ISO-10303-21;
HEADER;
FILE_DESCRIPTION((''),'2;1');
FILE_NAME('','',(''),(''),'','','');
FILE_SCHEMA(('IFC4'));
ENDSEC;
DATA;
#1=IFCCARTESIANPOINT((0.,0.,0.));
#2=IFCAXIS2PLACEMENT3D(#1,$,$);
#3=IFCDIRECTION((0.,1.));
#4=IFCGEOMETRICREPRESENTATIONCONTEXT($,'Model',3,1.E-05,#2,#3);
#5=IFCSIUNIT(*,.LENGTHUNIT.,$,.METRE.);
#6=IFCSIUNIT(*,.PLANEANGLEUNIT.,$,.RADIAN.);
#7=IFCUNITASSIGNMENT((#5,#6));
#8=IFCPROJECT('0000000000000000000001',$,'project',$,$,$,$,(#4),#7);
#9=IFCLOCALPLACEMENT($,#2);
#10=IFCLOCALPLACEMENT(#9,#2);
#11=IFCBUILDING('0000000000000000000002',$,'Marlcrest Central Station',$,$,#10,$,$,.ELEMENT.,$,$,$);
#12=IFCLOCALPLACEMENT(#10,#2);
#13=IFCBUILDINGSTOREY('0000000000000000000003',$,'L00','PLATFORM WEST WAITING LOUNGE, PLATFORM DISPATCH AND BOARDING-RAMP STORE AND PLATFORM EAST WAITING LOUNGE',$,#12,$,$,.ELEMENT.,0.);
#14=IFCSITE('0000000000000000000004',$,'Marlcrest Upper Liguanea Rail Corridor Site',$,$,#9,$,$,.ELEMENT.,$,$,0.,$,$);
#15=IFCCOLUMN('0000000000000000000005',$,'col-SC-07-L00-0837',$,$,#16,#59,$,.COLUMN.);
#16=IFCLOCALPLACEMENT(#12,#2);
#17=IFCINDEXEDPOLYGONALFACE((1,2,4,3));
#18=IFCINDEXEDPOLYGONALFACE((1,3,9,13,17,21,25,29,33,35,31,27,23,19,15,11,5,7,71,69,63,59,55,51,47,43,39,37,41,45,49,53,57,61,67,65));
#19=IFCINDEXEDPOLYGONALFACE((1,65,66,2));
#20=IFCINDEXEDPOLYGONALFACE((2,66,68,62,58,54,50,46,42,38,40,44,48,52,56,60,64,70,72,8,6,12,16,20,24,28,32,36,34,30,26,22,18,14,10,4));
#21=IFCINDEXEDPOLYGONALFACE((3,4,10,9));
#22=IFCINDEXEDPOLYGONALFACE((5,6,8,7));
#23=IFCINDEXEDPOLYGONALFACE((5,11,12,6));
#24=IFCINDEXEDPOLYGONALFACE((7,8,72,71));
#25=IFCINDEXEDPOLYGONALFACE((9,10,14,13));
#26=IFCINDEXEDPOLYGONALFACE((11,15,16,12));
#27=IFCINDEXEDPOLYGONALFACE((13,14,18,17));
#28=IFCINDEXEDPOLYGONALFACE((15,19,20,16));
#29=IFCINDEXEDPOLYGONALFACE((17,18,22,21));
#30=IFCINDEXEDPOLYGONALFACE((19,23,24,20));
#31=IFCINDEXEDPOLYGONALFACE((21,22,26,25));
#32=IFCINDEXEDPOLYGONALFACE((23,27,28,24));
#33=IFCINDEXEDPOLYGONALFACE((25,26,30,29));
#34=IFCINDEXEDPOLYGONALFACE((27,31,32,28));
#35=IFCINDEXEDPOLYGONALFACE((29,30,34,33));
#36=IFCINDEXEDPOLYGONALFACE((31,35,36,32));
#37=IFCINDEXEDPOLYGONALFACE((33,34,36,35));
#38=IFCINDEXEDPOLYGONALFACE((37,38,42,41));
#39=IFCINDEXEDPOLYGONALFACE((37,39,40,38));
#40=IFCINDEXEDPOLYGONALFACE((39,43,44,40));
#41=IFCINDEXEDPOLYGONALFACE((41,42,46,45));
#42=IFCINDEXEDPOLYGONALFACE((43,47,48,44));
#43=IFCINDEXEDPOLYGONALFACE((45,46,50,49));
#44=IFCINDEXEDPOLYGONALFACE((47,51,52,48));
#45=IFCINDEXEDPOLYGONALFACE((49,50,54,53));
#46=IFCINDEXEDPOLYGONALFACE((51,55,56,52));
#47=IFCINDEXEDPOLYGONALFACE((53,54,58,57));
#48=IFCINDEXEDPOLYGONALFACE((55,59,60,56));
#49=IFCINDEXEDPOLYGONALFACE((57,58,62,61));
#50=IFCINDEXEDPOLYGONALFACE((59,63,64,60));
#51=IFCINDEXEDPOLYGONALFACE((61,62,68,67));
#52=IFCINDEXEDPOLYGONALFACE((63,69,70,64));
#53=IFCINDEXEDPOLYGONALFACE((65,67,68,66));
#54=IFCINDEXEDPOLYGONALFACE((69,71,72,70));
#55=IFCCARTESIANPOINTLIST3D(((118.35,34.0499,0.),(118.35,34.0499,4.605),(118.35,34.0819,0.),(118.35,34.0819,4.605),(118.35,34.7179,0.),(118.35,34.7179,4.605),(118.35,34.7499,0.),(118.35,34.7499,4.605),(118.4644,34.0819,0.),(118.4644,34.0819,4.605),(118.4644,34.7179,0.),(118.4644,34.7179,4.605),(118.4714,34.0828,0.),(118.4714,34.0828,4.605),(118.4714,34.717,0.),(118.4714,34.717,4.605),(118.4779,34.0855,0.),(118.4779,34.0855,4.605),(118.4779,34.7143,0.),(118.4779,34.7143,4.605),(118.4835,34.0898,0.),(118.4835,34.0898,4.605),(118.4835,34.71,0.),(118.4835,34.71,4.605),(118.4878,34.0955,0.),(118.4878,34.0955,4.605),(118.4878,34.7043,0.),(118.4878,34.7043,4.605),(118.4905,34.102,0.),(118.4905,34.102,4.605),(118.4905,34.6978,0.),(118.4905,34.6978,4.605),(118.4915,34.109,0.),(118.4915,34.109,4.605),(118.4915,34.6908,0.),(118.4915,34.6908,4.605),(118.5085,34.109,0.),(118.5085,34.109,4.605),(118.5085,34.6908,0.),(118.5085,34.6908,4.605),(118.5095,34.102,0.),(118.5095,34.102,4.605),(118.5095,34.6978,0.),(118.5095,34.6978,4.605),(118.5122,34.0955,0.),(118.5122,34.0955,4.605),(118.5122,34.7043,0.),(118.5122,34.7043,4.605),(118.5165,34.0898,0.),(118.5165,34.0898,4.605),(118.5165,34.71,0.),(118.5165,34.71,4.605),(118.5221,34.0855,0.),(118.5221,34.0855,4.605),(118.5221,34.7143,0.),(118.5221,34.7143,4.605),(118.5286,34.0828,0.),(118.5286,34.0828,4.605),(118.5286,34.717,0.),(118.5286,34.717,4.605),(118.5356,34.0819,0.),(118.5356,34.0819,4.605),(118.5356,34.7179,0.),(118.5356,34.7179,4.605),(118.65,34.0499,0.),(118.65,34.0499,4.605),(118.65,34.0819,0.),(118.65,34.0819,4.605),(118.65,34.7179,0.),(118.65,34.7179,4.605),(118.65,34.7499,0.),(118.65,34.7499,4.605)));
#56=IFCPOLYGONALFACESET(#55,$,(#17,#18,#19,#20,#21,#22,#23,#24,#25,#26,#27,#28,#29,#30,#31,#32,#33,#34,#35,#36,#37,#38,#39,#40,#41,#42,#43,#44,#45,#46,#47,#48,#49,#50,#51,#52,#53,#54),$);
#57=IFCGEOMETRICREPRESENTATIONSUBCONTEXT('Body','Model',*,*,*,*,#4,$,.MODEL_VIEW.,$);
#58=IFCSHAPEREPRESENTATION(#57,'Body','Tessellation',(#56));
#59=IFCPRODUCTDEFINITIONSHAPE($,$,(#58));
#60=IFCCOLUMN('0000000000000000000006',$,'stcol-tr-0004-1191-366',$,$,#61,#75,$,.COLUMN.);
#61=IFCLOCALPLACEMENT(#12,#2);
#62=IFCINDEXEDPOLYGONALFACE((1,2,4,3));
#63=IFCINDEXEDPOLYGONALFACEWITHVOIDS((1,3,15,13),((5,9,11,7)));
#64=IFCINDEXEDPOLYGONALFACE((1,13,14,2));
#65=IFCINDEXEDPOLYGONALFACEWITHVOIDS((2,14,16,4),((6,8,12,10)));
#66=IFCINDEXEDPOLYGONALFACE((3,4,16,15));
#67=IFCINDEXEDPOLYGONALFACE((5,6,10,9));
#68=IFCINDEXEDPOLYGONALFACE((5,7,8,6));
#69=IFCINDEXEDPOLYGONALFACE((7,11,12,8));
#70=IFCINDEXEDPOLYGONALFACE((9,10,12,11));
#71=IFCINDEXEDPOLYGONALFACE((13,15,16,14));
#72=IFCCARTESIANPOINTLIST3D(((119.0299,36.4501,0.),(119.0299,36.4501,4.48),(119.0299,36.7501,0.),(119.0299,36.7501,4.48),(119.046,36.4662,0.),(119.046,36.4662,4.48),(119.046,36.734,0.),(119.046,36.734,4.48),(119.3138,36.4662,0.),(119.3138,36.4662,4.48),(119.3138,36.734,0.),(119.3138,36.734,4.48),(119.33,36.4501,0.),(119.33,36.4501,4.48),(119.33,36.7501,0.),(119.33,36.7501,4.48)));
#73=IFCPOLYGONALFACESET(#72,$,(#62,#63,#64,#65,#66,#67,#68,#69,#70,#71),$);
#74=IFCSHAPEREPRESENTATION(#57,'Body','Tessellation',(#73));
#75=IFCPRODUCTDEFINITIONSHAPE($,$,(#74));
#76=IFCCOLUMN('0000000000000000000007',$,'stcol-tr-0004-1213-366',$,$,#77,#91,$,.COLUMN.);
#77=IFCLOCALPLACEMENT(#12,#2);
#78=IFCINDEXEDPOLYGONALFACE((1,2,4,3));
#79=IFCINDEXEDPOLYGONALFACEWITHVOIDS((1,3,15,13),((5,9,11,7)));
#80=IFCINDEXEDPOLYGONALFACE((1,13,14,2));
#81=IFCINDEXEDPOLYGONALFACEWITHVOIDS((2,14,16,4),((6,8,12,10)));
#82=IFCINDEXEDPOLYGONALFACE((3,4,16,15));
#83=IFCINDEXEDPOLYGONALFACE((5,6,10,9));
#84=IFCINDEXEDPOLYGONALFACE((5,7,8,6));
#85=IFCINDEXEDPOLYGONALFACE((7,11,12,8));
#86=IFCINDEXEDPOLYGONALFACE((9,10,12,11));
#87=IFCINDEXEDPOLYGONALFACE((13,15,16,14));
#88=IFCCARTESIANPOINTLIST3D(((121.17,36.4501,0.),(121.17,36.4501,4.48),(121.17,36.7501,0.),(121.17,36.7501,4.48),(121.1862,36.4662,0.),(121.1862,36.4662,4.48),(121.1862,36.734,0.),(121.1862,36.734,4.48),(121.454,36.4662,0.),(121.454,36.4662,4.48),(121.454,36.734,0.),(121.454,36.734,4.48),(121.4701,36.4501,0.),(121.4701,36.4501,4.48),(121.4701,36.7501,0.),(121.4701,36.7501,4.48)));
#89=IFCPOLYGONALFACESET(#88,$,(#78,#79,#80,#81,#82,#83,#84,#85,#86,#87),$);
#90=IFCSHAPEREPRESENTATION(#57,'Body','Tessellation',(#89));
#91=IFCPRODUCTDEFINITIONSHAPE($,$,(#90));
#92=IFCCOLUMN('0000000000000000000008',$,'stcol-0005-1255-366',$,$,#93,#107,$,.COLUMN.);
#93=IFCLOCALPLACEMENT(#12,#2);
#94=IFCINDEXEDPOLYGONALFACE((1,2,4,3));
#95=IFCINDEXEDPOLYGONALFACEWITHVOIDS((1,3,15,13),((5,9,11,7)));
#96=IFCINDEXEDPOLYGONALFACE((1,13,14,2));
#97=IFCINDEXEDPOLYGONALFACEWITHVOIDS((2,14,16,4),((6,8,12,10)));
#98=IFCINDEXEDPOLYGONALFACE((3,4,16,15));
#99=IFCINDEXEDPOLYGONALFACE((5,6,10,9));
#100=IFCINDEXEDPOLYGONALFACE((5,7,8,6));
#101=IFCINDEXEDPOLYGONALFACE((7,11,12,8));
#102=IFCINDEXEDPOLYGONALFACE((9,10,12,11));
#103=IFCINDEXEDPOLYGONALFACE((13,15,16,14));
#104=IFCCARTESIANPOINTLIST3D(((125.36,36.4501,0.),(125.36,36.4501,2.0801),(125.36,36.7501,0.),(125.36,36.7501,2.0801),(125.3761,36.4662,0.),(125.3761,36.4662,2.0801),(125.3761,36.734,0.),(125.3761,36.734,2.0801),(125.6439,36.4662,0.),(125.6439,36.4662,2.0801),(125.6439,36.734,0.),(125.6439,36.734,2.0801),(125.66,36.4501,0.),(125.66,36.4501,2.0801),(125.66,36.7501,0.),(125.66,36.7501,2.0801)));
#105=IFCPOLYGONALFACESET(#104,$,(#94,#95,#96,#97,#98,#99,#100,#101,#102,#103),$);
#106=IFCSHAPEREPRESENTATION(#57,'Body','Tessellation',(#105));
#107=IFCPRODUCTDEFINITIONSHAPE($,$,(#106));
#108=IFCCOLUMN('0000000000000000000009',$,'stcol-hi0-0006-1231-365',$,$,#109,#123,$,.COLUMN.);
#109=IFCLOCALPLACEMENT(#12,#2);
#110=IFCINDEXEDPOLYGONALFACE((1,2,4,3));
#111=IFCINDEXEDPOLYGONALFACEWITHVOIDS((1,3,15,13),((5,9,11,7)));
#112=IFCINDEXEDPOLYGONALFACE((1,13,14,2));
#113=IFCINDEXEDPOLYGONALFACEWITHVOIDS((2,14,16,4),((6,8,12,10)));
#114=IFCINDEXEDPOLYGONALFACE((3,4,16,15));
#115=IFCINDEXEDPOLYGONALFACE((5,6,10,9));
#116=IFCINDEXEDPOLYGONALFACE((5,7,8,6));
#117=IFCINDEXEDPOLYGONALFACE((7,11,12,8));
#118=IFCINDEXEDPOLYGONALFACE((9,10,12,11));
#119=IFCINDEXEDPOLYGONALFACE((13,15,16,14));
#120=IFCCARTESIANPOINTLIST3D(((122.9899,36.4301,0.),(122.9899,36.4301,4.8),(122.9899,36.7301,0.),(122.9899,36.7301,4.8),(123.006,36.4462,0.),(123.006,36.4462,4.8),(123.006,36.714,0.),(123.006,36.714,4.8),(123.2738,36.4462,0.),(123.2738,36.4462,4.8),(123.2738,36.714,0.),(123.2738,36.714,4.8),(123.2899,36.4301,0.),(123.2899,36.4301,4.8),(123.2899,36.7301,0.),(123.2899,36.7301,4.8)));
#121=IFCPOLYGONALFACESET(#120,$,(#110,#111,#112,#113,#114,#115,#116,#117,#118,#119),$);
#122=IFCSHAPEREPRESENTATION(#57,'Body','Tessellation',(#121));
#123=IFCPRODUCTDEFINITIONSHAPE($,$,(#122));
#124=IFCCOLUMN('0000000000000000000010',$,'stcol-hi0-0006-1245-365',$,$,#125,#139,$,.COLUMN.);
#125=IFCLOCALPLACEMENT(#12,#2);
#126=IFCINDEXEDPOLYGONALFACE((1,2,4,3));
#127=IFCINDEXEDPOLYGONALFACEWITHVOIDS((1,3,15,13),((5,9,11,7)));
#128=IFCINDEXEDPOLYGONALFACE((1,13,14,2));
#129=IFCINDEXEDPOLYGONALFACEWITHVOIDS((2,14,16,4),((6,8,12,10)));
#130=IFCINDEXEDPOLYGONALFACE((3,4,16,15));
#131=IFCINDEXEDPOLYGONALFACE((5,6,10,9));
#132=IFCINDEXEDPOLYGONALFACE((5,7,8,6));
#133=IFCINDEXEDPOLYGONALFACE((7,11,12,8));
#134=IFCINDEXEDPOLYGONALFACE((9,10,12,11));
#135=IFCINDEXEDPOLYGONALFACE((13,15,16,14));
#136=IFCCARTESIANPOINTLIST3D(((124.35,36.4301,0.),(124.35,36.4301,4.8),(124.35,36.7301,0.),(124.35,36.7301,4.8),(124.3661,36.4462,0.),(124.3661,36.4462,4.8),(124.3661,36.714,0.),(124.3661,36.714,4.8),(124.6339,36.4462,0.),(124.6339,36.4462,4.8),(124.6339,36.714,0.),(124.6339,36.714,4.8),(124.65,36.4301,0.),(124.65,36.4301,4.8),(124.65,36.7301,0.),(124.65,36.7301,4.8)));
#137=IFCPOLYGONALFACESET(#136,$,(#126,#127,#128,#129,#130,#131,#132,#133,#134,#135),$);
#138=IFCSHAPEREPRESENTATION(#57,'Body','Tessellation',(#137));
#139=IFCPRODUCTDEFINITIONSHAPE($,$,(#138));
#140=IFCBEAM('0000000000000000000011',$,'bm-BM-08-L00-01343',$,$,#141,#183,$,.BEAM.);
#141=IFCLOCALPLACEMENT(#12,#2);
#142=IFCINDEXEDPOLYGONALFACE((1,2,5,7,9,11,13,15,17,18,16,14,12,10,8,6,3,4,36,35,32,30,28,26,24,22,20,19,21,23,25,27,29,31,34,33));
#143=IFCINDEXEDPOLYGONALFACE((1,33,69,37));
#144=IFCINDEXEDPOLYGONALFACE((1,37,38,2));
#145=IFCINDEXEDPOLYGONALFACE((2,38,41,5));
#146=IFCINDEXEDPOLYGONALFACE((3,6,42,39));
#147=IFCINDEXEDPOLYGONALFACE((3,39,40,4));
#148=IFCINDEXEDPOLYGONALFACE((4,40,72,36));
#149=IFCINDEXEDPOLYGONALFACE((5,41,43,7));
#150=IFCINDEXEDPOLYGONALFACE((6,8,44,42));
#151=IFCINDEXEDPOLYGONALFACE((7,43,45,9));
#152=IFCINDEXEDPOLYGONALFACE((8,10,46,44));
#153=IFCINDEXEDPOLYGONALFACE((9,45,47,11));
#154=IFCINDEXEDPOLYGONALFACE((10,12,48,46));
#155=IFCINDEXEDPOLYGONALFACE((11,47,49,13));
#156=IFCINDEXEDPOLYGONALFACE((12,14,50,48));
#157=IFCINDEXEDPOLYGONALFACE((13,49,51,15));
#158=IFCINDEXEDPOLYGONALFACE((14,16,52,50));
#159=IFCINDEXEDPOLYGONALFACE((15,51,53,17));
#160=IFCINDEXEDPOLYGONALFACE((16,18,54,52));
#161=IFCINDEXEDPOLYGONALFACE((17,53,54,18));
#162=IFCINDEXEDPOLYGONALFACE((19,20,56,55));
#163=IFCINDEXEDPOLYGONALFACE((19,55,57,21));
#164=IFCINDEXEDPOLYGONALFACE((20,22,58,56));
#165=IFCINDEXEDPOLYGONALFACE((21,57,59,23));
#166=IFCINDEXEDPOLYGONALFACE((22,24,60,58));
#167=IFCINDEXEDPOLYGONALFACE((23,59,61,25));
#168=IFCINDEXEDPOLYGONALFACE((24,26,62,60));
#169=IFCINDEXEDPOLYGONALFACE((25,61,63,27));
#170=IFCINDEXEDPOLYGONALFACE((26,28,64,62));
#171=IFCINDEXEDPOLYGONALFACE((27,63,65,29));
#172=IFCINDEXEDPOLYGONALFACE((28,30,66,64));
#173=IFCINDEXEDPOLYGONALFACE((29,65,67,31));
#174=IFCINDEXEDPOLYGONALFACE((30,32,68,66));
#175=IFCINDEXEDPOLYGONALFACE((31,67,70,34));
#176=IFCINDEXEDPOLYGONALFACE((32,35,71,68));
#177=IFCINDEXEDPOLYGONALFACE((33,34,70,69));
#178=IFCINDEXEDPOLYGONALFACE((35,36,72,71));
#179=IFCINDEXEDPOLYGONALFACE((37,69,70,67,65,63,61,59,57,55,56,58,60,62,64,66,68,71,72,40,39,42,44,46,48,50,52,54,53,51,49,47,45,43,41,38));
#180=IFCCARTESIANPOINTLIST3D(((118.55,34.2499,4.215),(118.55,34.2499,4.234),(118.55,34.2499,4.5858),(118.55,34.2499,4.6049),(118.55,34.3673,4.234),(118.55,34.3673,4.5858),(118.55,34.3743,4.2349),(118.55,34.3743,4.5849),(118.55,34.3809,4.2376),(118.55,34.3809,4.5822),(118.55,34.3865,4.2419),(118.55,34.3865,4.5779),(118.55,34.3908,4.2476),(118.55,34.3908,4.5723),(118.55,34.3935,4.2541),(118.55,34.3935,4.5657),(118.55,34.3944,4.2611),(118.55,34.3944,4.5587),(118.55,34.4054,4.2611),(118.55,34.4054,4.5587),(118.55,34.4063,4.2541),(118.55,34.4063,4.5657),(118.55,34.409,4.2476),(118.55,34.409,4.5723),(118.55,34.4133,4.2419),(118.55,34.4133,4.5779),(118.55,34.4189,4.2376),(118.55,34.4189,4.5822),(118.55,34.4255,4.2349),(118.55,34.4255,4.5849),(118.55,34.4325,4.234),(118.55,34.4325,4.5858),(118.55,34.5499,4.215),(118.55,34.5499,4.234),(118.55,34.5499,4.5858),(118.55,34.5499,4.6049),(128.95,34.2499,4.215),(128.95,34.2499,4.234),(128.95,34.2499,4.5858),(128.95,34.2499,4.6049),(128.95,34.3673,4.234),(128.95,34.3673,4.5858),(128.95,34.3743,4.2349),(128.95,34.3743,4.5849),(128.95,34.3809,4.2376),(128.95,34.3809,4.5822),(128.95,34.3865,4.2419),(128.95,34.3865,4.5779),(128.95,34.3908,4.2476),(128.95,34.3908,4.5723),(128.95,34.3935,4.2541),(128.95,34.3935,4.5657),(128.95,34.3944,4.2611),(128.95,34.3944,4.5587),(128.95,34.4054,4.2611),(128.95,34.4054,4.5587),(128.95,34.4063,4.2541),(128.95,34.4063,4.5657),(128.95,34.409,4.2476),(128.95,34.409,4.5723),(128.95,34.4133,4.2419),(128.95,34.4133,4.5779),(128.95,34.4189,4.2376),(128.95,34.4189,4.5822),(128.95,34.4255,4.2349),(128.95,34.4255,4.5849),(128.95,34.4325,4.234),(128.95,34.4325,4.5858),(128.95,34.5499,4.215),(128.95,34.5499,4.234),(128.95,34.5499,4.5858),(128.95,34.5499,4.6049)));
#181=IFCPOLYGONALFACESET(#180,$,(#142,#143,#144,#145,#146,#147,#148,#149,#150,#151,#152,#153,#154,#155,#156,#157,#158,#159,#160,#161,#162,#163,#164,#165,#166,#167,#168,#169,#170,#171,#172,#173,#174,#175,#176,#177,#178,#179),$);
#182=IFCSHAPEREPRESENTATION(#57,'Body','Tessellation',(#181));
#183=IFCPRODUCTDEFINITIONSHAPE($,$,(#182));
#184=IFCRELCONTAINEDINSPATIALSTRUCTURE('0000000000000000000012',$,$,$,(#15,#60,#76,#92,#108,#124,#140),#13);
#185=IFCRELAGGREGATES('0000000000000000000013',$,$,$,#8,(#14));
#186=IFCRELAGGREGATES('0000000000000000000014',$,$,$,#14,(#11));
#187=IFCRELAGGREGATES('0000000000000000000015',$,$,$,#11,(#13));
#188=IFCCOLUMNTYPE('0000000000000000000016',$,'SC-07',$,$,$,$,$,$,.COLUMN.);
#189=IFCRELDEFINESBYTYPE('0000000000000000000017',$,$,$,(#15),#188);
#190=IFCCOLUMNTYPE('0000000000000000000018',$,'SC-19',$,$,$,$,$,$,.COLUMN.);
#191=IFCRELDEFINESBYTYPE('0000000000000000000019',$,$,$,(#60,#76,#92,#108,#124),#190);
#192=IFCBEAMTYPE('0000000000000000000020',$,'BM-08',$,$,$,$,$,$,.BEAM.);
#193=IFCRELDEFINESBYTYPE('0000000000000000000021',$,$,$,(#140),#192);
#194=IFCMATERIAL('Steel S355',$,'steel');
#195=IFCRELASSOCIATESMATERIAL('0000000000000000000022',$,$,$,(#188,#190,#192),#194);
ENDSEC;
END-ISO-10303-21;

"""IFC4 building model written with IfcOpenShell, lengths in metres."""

from ifc_helpers import new_model, si_unit, direction, frame, origin, origin_2d, place, context, subcontext, project, spatial, hollow_rectangle, i_section, extrude, material, material_profile, profile_set, type_object, element, save


model = new_model("IFC4")

# Units and contexts
model_context = context("Model", 3, precision=1e-05, world=origin(), true_north=direction((0.0, 1.0)))
body_context = subcontext(model_context, "Body", "Model", "MODEL_VIEW")
ifc_project = project(units=[si_unit("LENGTHUNIT", "METRE"), si_unit("PLANEANGLEUNIT", "RADIAN")], contexts=[model_context])

# Site, building, storey
site_placement = place(None, origin())
site = spatial("IfcSite", under=ifc_project, at=site_placement, Name="Marlcrest Upper Liguanea Rail Corridor Site", CompositionType="ELEMENT", RefElevation=0.0)
building_placement = place(site_placement, origin())
building = spatial("IfcBuilding", under=site, at=building_placement, Name="Marlcrest Central Station", CompositionType="ELEMENT")
storey_placement = place(building_placement, origin())
storey = spatial("IfcBuildingStorey", under=building, at=storey_placement, Name="L00", Description="PLATFORM WEST WAITING LOUNGE, PLATFORM DISPATCH AND BOARDING-RAMP STORE AND PLATFORM EAST WAITING LOUNGE", CompositionType="ELEMENT", Elevation=0.0)

# Columns
ifc_material_1 = material(Name="Steel S355", Category="steel")
ifc_material_profile_1 = material_profile(ifc_material_1, i_section(OverallWidth=0.3, OverallDepth=0.7, WebThickness=0.0171, FlangeThickness=0.032, FilletRadius=0.0271, at=origin_2d()), Name="HEB 700")
ifc_profile_set_1 = profile_set([ifc_material_profile_1], Name="Steel S355")
column_type_1 = type_object("IfcColumnType", Name="SC-07", PredefinedType="COLUMN", material=ifc_profile_set_1)
column_1_placement = place(storey_placement, frame((118.5, 34.3999, 0.0), z_axis=(0.0, 0.0, 1.0), x_axis=(1.0, 0.0, 0.0)))
element("IfcColumn", 1, at=column_1_placement, inside=storey, type_object=column_type_1, Name="col-SC-07-L00-0837", PredefinedType="COLUMN", context=body_context, shape_type="SweptSolid", body=[
    extrude(i_section(OverallWidth=0.3, OverallDepth=0.7, WebThickness=0.0171, FlangeThickness=0.032, FilletRadius=0.0271, at=origin_2d()), origin(), (0.0, 0.0, 1.0), 4.605),
])
ifc_material_profile_2 = material_profile(ifc_material_1, hollow_rectangle(XDim=0.3, YDim=0.3, WallThickness=0.0161, at=origin_2d()), Name="SHS 300x300x16")
ifc_profile_set_2 = profile_set([ifc_material_profile_2], Name="Steel S355")
column_type_2 = type_object("IfcColumnType", Name="SC-19", PredefinedType="COLUMN", material=ifc_profile_set_2)
for number, where, z_axis, x_axis, name in (
    (2, (119.1799, 36.6001, 0.0), (0.0, 0.0, 1.0), (1.0, 0.0, 0.0), "stcol-tr-0004-1191-366"),
    (3, (121.3201, 36.6001, 0.0), (0.0, 0.0, 1.0), (1.0, 0.0, 0.0), "stcol-tr-0004-1213-366"),
):
    element("IfcColumn", number, at=place(storey_placement, frame(where, z_axis=z_axis, x_axis=x_axis)), inside=storey, type_object=column_type_2, Name=name, PredefinedType="COLUMN", context=body_context, shape_type="SweptSolid", body=[
        extrude(hollow_rectangle(XDim=0.3, YDim=0.3, WallThickness=0.0161, at=origin_2d()), origin(), (0.0, 0.0, 1.0), 4.48),
    ])
column_2_placement = place(storey_placement, frame((125.51, 36.6001, 0.0), z_axis=(0.0, 0.0, 1.0), x_axis=(1.0, 0.0, 0.0)))
element("IfcColumn", 4, at=column_2_placement, inside=storey, type_object=column_type_2, Name="stcol-0005-1255-366", PredefinedType="COLUMN", context=body_context, shape_type="SweptSolid", body=[
    extrude(hollow_rectangle(XDim=0.3, YDim=0.3, WallThickness=0.0161, at=origin_2d()), origin(), (0.0, 0.0, 1.0), 2.0801),
])
for number, where, z_axis, x_axis, name in (
    (5, (123.1399, 36.5801, 0.0), (0.0, 0.0, 1.0), (1.0, 0.0, 0.0), "stcol-hi0-0006-1231-365"),
    (6, (124.5, 36.5801, 0.0), (0.0, 0.0, 1.0), (1.0, 0.0, 0.0), "stcol-hi0-0006-1245-365"),
):
    element("IfcColumn", number, at=place(storey_placement, frame(where, z_axis=z_axis, x_axis=x_axis)), inside=storey, type_object=column_type_2, Name=name, PredefinedType="COLUMN", context=body_context, shape_type="SweptSolid", body=[
        extrude(hollow_rectangle(XDim=0.3, YDim=0.3, WallThickness=0.0161, at=origin_2d()), origin(), (0.0, 0.0, 1.0), 4.8),
    ])

# Beam
ifc_material_profile_3 = material_profile(ifc_material_1, i_section(OverallWidth=0.3, OverallDepth=0.3899, WebThickness=0.011, FlangeThickness=0.019, FilletRadius=0.0271, at=origin_2d()), Name="HEA 400")
ifc_profile_set_3 = profile_set([ifc_material_profile_3], Name="Steel S355")
beam_type = type_object("IfcBeamType", Name="BM-08", PredefinedType="BEAM", material=ifc_profile_set_3)
beam_placement = place(storey_placement, frame((118.55, 34.3999, 4.4099), z_axis=(1.0, 0.0, 0.0), x_axis=(0.0, 1.0, 0.0)))
element("IfcBeam", 7, at=beam_placement, inside=storey, type_object=beam_type, Name="bm-BM-08-L00-01343", PredefinedType="BEAM", context=body_context, shape_type="SweptSolid", body=[
    extrude(i_section(OverallWidth=0.3, OverallDepth=0.3899, WebThickness=0.011, FlangeThickness=0.019, FilletRadius=0.0271, at=origin_2d()), origin(), (0.0, 0.0, 1.0), 10.3999),
])

save(model, "model.ifc")
